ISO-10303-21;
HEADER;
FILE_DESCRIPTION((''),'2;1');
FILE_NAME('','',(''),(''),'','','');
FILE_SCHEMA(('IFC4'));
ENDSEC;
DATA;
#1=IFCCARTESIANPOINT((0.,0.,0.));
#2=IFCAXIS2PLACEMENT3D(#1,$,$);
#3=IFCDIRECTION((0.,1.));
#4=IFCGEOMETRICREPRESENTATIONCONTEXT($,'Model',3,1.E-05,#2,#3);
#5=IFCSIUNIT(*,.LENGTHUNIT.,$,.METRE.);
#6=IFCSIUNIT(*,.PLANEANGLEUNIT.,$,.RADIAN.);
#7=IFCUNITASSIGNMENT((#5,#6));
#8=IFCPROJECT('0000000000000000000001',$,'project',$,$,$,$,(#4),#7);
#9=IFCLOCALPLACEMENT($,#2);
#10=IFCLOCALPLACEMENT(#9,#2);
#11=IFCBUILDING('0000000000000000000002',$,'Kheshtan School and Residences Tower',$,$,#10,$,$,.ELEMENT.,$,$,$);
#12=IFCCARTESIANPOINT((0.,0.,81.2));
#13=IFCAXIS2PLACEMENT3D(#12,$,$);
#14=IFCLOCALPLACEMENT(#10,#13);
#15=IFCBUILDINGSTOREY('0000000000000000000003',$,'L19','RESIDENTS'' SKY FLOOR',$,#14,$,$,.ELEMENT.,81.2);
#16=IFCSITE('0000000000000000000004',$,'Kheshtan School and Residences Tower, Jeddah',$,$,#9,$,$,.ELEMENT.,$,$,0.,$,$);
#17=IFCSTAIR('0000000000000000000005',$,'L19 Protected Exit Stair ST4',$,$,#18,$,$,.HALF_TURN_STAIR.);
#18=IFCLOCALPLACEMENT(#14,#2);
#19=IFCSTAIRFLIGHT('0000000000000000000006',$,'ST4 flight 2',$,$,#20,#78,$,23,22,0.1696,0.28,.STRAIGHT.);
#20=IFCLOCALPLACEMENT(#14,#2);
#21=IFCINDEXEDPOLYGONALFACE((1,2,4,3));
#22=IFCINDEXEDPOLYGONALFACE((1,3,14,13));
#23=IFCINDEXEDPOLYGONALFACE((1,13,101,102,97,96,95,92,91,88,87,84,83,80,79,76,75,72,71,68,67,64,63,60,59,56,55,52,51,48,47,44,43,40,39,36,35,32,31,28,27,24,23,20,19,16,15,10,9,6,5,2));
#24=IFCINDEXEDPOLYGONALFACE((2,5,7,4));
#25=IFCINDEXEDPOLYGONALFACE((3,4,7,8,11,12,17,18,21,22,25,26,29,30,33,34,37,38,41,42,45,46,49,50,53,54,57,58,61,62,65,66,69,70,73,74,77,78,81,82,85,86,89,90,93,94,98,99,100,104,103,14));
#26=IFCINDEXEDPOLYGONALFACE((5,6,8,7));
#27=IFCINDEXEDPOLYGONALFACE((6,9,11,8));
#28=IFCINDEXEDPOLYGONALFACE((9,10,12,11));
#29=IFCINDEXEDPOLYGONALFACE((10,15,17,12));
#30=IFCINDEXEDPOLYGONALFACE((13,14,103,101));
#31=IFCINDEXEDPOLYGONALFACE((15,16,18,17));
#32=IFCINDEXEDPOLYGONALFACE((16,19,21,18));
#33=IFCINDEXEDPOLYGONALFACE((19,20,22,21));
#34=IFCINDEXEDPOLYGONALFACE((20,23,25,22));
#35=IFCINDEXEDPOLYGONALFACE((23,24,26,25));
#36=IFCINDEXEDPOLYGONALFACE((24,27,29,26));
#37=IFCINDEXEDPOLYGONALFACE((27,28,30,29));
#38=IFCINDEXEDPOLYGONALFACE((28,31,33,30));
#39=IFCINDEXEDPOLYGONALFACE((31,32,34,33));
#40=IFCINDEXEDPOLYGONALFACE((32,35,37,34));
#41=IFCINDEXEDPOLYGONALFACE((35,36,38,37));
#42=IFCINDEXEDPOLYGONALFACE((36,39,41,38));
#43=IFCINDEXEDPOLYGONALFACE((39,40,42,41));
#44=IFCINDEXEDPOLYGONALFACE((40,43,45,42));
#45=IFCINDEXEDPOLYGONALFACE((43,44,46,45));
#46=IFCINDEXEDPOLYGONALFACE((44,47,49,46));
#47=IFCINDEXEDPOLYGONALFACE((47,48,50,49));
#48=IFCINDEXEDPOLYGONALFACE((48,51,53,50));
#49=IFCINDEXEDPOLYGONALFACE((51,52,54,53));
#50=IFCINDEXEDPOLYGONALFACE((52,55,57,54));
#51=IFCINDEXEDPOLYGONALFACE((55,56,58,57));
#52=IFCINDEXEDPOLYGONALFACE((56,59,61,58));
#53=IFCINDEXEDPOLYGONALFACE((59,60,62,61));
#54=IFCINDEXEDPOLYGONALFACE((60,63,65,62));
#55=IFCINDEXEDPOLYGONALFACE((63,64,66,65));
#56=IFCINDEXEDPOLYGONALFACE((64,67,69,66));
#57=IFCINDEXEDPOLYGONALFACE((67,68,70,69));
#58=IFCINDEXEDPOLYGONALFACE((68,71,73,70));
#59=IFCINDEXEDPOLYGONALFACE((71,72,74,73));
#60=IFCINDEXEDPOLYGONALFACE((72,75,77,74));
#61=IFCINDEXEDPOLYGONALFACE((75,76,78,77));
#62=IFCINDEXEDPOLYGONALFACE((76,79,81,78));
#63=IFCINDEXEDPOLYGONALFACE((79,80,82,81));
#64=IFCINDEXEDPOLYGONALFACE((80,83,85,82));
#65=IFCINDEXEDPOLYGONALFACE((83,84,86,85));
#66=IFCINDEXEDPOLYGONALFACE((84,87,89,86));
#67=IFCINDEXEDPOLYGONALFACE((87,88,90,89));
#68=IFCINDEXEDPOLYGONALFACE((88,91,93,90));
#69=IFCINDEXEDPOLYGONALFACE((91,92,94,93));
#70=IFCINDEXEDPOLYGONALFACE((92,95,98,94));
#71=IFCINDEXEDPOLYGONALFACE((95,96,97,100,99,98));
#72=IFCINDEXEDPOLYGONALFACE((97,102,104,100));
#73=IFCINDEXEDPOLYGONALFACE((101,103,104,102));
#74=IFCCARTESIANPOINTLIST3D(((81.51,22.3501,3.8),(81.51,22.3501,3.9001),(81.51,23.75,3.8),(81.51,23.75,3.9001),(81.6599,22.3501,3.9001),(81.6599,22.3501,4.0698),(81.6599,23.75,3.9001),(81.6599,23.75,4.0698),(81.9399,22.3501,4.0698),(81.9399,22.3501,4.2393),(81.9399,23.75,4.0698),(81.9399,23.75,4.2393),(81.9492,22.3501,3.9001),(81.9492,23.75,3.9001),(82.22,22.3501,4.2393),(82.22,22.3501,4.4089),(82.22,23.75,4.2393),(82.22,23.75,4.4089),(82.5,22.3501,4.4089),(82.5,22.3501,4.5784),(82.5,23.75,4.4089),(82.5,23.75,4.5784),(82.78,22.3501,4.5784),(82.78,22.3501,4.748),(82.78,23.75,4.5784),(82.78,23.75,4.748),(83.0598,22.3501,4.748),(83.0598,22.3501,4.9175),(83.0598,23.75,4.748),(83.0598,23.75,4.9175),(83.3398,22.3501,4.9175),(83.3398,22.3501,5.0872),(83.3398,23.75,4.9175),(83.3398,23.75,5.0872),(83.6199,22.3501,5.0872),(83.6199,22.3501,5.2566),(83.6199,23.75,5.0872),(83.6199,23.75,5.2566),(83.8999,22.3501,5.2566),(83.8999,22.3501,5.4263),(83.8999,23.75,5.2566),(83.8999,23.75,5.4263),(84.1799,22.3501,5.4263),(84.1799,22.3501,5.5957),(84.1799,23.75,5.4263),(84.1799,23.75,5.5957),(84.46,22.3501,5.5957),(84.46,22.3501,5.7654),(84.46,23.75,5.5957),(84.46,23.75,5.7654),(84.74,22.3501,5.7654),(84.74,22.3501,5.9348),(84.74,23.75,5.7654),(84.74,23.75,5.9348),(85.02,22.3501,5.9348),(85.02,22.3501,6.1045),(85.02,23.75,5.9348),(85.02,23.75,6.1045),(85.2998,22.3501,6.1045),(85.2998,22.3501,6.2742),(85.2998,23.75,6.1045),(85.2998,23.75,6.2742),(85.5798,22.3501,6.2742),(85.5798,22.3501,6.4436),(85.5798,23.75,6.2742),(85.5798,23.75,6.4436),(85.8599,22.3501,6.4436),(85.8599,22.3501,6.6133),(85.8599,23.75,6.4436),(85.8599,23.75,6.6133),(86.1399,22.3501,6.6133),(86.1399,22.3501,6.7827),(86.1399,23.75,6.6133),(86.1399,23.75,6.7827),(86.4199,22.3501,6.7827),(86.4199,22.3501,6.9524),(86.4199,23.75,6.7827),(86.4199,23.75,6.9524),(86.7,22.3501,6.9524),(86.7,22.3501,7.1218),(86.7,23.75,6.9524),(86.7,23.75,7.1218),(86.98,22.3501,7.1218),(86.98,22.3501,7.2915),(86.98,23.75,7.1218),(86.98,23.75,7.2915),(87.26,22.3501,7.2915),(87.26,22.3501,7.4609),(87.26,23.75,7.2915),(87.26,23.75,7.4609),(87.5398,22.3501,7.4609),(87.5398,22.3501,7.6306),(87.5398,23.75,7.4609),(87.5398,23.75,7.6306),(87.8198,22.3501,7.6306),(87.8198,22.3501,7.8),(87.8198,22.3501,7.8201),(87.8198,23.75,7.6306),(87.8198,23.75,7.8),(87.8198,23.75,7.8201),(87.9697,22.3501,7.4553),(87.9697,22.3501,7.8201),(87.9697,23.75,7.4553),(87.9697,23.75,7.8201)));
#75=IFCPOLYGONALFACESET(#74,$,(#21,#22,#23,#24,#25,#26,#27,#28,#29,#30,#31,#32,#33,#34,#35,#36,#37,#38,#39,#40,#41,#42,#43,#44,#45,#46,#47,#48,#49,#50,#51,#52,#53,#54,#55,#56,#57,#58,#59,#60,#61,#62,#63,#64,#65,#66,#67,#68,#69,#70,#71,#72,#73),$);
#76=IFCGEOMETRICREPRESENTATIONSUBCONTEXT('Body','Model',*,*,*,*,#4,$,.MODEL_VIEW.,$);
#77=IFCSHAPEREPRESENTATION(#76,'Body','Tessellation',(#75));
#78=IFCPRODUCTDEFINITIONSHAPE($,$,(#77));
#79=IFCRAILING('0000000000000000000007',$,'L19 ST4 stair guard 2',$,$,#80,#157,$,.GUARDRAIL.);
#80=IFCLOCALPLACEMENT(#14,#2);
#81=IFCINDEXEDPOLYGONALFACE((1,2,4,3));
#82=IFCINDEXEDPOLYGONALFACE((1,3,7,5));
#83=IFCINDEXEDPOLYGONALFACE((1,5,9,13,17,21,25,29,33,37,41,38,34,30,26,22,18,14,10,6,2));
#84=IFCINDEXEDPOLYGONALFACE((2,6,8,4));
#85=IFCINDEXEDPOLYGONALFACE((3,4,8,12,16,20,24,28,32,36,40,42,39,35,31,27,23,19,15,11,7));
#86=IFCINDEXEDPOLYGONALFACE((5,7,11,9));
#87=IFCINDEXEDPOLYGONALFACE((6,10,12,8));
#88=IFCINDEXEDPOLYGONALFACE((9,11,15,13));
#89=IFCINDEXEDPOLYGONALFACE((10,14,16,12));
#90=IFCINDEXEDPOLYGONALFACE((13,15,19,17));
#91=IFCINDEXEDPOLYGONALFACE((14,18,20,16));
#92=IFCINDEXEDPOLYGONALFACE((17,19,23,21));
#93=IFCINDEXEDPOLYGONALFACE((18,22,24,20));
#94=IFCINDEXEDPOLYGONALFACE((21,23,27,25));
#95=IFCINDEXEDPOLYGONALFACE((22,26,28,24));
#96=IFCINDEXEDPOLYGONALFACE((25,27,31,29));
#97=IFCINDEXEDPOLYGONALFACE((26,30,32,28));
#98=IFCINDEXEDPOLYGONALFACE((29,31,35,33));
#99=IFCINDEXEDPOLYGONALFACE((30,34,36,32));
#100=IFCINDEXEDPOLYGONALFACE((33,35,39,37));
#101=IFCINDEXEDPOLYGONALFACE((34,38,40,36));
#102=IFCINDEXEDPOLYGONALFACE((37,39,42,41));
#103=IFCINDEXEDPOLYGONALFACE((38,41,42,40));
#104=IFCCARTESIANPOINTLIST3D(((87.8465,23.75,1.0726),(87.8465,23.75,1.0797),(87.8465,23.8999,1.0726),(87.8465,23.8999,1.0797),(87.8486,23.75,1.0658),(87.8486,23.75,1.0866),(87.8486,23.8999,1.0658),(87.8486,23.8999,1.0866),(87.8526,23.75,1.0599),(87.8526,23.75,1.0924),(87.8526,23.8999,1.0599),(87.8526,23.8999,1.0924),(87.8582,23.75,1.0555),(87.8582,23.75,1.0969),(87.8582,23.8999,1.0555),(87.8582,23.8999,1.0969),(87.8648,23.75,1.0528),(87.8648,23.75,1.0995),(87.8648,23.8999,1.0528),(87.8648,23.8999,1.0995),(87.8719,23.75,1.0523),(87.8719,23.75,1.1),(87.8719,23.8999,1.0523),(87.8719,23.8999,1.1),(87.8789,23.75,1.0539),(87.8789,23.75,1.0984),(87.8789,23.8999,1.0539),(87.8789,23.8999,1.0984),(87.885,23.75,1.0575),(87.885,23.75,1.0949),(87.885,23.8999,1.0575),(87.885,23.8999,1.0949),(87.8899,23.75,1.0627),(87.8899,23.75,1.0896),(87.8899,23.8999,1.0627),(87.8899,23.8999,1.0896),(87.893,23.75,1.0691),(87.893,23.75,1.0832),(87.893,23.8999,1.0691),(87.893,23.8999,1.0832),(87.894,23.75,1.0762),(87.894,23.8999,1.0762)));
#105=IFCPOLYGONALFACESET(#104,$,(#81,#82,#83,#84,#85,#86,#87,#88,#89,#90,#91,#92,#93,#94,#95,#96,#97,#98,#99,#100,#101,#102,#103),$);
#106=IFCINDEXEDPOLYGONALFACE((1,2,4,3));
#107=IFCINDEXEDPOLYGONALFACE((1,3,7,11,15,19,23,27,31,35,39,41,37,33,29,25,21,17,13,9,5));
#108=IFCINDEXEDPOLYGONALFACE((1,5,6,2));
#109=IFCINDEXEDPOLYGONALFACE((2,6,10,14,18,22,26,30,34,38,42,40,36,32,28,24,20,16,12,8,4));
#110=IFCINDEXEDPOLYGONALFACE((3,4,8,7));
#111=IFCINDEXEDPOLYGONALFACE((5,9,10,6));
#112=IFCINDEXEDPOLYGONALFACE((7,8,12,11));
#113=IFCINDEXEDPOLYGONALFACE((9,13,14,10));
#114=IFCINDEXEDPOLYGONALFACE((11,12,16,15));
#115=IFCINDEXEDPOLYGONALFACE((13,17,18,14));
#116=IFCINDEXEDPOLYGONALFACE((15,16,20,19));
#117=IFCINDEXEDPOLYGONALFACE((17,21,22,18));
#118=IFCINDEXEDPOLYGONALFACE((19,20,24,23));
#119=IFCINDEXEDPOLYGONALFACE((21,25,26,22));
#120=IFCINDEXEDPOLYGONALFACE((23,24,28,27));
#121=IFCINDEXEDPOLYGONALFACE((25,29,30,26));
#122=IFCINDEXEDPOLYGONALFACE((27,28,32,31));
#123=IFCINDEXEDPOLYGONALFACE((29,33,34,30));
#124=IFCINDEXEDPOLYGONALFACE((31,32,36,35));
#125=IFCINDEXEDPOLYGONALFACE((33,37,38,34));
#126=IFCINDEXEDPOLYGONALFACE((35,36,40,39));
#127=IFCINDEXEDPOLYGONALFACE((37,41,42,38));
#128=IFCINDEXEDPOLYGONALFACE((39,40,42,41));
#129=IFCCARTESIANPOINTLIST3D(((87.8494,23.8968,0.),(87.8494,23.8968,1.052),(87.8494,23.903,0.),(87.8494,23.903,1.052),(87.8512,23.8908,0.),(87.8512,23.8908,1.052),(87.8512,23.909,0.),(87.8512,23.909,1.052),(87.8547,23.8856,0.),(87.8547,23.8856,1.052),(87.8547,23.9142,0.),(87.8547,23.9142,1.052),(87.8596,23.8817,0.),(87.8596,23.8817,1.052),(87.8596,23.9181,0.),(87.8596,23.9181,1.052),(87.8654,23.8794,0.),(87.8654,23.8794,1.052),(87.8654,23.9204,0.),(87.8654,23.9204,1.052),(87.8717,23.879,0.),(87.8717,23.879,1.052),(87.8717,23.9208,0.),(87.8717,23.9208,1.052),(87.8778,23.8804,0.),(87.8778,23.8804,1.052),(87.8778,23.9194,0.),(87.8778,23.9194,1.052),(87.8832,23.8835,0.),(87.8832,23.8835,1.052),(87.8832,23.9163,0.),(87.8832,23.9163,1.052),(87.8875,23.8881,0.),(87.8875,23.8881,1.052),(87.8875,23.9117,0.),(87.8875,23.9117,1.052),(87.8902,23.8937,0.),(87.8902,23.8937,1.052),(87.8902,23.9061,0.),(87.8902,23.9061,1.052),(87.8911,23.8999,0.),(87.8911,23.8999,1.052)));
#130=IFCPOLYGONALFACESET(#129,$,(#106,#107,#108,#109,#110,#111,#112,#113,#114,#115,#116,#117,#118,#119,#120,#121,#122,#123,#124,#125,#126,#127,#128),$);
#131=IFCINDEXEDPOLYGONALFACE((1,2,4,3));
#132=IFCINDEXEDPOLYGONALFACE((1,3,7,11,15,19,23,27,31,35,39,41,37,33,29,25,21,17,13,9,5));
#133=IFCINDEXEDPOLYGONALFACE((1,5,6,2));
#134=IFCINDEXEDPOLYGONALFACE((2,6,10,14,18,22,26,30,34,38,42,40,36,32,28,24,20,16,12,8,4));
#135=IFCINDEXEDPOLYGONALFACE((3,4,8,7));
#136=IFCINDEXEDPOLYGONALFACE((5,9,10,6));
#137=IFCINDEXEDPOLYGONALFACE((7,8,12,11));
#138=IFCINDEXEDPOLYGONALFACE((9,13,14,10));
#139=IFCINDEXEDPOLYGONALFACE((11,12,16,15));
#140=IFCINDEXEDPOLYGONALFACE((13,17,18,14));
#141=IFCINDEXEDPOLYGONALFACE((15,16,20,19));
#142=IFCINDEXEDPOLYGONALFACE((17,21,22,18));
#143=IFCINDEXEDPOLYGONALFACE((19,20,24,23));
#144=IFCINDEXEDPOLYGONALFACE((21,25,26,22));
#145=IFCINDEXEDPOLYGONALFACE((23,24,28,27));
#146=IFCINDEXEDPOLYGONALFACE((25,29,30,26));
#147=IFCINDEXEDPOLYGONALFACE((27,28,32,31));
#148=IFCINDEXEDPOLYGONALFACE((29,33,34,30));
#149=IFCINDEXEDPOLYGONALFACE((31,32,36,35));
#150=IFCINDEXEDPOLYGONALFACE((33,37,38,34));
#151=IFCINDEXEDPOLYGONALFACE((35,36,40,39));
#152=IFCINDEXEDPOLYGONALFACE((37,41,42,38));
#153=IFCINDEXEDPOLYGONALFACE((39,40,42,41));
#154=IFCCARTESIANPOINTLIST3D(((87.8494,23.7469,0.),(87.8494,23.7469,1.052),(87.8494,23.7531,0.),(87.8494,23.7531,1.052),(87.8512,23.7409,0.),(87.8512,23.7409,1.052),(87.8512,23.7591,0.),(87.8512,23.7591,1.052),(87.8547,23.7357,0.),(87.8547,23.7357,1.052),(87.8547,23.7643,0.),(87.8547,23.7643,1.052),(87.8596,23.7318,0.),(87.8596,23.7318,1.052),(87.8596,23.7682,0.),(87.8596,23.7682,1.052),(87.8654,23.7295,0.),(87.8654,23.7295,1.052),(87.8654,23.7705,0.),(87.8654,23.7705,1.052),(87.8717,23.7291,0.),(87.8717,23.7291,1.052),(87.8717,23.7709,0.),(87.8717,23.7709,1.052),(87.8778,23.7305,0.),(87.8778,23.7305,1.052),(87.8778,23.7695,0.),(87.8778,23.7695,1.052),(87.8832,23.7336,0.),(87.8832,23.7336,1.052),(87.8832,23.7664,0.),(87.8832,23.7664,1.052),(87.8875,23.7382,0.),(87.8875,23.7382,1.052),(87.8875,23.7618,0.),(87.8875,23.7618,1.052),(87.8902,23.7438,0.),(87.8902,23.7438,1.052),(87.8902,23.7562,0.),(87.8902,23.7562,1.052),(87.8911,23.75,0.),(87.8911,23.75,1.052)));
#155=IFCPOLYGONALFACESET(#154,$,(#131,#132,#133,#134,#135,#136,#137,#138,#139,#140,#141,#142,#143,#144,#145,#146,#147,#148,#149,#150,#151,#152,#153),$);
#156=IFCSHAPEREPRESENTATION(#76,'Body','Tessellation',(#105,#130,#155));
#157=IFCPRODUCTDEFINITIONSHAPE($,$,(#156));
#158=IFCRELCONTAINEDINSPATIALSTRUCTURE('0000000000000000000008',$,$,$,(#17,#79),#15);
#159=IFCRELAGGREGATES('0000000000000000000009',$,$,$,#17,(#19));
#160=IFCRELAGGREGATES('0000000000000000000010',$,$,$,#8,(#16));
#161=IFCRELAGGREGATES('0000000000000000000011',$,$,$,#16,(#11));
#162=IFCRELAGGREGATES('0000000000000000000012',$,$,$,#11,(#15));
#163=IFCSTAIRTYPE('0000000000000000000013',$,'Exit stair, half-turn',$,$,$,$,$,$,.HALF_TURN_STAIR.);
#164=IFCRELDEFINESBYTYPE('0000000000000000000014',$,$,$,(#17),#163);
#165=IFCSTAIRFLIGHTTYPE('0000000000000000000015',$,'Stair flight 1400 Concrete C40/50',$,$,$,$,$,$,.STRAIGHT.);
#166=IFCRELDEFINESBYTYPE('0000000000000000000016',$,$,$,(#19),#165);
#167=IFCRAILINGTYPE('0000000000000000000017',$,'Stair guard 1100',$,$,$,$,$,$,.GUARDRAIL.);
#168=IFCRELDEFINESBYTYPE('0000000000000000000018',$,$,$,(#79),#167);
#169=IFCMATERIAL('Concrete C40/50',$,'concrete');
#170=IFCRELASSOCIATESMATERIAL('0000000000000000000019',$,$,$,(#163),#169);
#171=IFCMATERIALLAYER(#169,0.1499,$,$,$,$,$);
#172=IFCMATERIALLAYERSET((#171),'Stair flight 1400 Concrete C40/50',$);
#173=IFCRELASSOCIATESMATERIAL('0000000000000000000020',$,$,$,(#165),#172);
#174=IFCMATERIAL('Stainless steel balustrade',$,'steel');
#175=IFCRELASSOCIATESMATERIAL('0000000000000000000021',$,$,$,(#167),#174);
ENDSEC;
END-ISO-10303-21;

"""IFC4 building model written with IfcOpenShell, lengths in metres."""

from ifc_helpers import new_model, si_unit, direction, frame, origin, origin_2d, place, context, subcontext, project, spatial, polyline, circle, outline, extrude, material, layer, layer_set, type_object, element, aggregate, save


model = new_model("IFC4")

# Units and contexts
model_context = context("Model", 3, precision=1e-05, world=origin(), true_north=direction((0.0, 1.0)))
body_context = subcontext(model_context, "Body", "Model", "MODEL_VIEW")
ifc_project = project(units=[si_unit("LENGTHUNIT", "METRE"), si_unit("PLANEANGLEUNIT", "RADIAN")], contexts=[model_context])

# Site, building, storey
site_placement = place(None, origin())
site = spatial("IfcSite", under=ifc_project, at=site_placement, Name="Kheshtan School and Residences Tower, Jeddah", CompositionType="ELEMENT", RefElevation=0.0)
building_placement = place(site_placement, origin())
building = spatial("IfcBuilding", under=site, at=building_placement, Name="Kheshtan School and Residences Tower", CompositionType="ELEMENT")
storey_placement = place(building_placement, frame((0.0, 0.0, 81.2)))
storey = spatial("IfcBuildingStorey", under=building, at=storey_placement, Name="L19", Description="RESIDENTS' SKY FLOOR", CompositionType="ELEMENT", Elevation=81.2)

# Shared definitions
ifc_material_1 = material(Name="Concrete C40/50", Category="concrete")

# Stair, stair flight
stair_type = type_object("IfcStairType", Name="Exit stair, half-turn", PredefinedType="HALF_TURN_STAIR", material=ifc_material_1)
stair_placement = place(storey_placement, origin())
stair = element("IfcStair", 1, at=stair_placement, inside=storey, type_object=stair_type, Name="L19 Protected Exit Stair ST4", PredefinedType="HALF_TURN_STAIR")
ifc_layer_1 = layer(ifc_material_1, 0.1499)
ifc_layer_set_1 = layer_set([ifc_layer_1], Name="Stair flight 1400 Concrete C40/50")
stair_flight_type = type_object("IfcStairFlightType", Name="Stair flight 1400 Concrete C40/50", PredefinedType="STRAIGHT", material=ifc_layer_set_1)
stair_flight_1_placement = place(storey_placement, frame((81.6599, 23.05, 3.9001), z_axis=(0.0, 0.0, 1.0), x_axis=(1.0, 0.0, 0.0)))
stair_flight_1 = element("IfcStairFlight", 2, at=stair_flight_1_placement, type_object=stair_flight_type, Name="ST4 flight 2", NumberOfRisers=23, NumberOfTreads=22, PredefinedType="STRAIGHT", RiserHeight=0.1696, TreadLength=0.28, context=body_context, shape_type="SweptSolid", body=[
    extrude(outline(polyline([(-0.1499, -0.1001), (-0.1499, 0.0), (0.0, 0.0), (0.0, 0.1697), (0.28, 0.1697), (0.28, 0.3391), (0.5601, 0.3391), (0.5601, 0.5088), (0.8401, 0.5088), (0.8401, 0.6782), (1.1201, 0.6782), (1.1201, 0.8479), (1.3999, 0.8479), (1.3999, 1.0173), (1.6799, 1.0173), (1.6799, 1.187), (1.96, 1.187), (1.96, 1.3564), (2.24, 1.3564), (2.24, 1.5261), (2.52, 1.5261), (2.52, 1.6956), (2.8, 1.6956), (2.8, 1.8652), (3.0801, 1.8652), (3.0801, 2.0347), (3.3601, 2.0347), (3.3601, 2.2043), (3.6399, 2.2043), (3.6399, 2.374), (3.9199, 2.374), (3.9199, 2.5435), (4.2, 2.5435), (4.2, 2.7131), (4.48, 2.7131), (4.48, 2.8826), (4.76, 2.8826), (4.76, 3.0522), (5.04, 3.0522), (5.04, 3.2217), (5.3201, 3.2217), (5.3201, 3.3914), (5.6001, 3.3914), (5.6001, 3.5608), (5.8799, 3.5608), (5.8799, 3.7305), (6.1599, 3.7305), (6.1599, 3.8999), (6.1599, 3.9199), (6.3098, 3.9199), (6.3098, 3.5552), (0.2893, 0.0), (-0.1499, -0.1001)])), frame((0.0, 0.7, 0.0), z_axis=(0.0, -1.0, 0.0), x_axis=(1.0, 0.0, 0.0)), (0.0, 0.0, 1.0), 1.3999),
])
aggregate(stair, [stair_flight_1])

# Railing
ifc_material_2 = material(Name="Stainless steel balustrade", Category="steel")
railing_type_1 = type_object("IfcRailingType", Name="Stair guard 1100", PredefinedType="GUARDRAIL", material=ifc_material_2)
railing_1_placement = place(storey_placement, frame((87.8701, 23.8999, 0.0)))
element("IfcRailing", 3, at=railing_1_placement, inside=storey, type_object=railing_type_1, Name="L19 ST4 stair guard 2", PredefinedType="GUARDRAIL", context=body_context, shape_type="SweptSolid", body=[
    extrude(circle(Radius=0.0239, at=origin_2d()), frame((0.0, 0.0, 1.0762), z_axis=(0.0, -1.0, 0.0), x_axis=(1.0, 0.0, 0.0)), (0.0, 0.0, 1.0), 0.1499),
    extrude(circle(Radius=0.021, at=origin_2d()), origin(), (0.0, 0.0, 1.0), 1.052),
    extrude(circle(Radius=0.021, at=origin_2d()), frame((0.0, -0.1499, 0.0)), (0.0, 0.0, 1.0), 1.052),
])

save(model, "model.ifc")
